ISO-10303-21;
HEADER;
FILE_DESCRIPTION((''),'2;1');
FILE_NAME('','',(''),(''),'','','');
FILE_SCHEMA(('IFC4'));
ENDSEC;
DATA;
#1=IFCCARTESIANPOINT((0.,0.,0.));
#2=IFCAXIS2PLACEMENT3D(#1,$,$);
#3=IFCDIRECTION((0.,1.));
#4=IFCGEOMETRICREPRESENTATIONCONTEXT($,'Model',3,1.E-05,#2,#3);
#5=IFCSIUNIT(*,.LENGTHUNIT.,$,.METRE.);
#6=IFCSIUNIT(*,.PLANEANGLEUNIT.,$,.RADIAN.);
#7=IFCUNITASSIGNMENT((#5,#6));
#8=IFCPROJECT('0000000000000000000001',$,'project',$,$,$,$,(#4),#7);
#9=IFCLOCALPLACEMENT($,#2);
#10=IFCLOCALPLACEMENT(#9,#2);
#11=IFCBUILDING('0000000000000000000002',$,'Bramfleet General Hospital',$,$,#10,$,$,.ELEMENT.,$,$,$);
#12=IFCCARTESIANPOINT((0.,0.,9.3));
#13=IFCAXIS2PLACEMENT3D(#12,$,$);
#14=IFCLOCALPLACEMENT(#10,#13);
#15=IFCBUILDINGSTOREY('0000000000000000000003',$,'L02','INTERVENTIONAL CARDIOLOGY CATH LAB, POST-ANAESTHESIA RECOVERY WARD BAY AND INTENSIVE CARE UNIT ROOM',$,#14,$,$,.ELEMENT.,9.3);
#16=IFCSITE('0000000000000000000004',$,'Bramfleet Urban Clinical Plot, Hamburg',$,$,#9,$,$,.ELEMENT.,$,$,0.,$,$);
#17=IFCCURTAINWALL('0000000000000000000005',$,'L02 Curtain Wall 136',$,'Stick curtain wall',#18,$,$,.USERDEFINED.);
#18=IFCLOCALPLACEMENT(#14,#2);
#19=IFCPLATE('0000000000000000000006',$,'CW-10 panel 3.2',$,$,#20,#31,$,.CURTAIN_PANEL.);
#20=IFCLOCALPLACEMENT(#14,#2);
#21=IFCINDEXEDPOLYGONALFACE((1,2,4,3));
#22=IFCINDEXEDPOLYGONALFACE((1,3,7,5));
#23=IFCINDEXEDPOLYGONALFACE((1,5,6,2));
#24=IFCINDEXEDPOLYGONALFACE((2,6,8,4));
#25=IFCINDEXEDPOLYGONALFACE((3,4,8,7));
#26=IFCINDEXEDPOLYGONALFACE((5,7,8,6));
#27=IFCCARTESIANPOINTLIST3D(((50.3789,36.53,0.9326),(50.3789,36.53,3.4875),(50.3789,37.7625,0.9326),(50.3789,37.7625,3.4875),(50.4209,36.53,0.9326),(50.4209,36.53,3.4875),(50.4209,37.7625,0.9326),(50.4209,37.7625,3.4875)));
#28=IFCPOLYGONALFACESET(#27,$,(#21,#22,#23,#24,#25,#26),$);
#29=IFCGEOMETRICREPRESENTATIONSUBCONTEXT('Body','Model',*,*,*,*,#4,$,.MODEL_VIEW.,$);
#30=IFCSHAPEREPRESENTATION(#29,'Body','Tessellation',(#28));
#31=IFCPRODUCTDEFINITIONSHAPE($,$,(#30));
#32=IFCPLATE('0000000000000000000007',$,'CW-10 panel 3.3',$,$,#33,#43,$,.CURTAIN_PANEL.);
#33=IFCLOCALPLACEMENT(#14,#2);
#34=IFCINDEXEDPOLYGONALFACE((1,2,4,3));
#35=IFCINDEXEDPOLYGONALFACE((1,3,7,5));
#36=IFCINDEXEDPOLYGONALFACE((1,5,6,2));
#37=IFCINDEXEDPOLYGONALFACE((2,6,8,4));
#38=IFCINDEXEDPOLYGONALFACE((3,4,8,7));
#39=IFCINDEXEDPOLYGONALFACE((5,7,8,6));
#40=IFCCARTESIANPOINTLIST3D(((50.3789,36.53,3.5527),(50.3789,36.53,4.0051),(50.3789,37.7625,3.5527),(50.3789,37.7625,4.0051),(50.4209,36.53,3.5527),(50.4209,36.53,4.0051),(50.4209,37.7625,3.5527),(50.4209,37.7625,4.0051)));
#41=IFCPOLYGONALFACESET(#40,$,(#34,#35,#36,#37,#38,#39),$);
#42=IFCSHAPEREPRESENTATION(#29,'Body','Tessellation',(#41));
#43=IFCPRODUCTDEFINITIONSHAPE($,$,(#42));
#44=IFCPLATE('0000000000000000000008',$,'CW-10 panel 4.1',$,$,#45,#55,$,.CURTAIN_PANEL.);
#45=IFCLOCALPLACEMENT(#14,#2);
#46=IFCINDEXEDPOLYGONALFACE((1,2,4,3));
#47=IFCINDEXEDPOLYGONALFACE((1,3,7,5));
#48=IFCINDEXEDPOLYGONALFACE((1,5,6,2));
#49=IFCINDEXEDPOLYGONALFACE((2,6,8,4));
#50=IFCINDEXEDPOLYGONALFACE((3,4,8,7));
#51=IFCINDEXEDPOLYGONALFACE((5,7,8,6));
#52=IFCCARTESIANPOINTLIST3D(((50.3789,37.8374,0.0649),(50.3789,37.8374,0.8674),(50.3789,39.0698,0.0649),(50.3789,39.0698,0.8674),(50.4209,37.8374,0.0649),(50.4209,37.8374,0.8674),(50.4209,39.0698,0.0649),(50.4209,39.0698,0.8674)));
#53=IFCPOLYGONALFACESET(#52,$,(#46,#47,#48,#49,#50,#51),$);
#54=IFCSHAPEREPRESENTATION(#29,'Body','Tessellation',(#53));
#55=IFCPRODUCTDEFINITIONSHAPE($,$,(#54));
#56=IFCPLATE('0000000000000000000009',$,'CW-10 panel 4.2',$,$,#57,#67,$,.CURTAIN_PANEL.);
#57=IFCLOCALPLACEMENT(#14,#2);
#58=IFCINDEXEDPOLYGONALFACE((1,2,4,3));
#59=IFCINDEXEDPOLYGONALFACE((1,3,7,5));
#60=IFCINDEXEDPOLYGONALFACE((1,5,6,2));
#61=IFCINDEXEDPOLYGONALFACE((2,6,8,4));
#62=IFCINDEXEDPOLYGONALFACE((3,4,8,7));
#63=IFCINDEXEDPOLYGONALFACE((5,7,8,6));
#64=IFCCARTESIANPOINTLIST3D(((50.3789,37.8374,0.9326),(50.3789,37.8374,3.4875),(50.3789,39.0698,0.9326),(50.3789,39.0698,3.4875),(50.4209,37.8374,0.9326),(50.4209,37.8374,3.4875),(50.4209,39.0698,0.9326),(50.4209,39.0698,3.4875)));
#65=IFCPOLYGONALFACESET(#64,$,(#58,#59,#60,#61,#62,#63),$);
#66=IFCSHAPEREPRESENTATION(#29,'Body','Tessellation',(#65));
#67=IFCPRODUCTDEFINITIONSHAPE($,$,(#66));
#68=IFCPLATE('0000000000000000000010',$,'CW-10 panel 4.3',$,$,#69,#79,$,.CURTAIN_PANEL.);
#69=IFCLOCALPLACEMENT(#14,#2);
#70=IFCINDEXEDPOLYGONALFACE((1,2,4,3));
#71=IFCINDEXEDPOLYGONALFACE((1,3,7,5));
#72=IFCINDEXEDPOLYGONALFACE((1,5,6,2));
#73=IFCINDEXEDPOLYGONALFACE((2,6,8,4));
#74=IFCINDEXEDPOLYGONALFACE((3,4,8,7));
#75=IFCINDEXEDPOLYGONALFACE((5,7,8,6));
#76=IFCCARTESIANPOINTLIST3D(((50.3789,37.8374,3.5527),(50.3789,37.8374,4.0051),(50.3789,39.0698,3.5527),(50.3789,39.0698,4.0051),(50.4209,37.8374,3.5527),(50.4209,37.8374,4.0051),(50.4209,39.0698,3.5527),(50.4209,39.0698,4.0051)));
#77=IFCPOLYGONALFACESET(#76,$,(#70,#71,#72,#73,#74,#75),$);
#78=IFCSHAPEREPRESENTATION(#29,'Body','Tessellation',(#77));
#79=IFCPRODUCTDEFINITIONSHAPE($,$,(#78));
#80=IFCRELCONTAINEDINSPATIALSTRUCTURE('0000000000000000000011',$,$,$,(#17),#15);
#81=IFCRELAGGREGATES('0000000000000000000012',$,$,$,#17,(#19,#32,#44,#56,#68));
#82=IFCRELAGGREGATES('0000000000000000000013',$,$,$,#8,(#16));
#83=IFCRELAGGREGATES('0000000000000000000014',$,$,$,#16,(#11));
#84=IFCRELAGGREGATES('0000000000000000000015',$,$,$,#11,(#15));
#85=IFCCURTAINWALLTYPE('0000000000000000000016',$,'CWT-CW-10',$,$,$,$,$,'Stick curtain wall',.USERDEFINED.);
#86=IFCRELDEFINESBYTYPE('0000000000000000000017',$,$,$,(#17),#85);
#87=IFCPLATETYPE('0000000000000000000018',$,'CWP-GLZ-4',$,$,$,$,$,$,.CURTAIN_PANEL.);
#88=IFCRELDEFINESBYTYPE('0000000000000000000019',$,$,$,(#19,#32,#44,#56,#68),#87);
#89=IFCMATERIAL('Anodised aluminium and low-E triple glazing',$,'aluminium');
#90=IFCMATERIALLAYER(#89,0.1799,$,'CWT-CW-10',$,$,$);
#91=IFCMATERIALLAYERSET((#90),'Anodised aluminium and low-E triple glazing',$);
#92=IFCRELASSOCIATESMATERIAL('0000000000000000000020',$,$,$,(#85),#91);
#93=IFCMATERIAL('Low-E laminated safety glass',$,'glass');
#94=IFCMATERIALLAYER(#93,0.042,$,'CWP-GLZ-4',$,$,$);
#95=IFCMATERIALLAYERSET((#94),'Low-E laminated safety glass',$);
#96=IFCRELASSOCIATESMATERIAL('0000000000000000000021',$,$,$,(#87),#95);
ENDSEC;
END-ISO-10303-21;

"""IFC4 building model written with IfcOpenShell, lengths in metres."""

from ifc_helpers import new_model, si_unit, direction, frame, origin, origin_2d, place, context, subcontext, project, spatial, rectangle, extrude, material, layer, layer_set, type_object, element, aggregate, save


model = new_model("IFC4")

# Units and contexts
model_context = context("Model", 3, precision=1e-05, world=origin(), true_north=direction((0.0, 1.0)))
body_context = subcontext(model_context, "Body", "Model", "MODEL_VIEW")
ifc_project = project(units=[si_unit("LENGTHUNIT", "METRE"), si_unit("PLANEANGLEUNIT", "RADIAN")], contexts=[model_context])

# Site, building, storey
site_placement = place(None, origin())
site = spatial("IfcSite", under=ifc_project, at=site_placement, Name="Bramfleet Urban Clinical Plot, Hamburg", CompositionType="ELEMENT", RefElevation=0.0)
building_placement = place(site_placement, origin())
building = spatial("IfcBuilding", under=site, at=building_placement, Name="Bramfleet General Hospital", CompositionType="ELEMENT")
storey_placement = place(building_placement, frame((0.0, 0.0, 9.3)))
storey = spatial("IfcBuildingStorey", under=building, at=storey_placement, Name="L02", Description="INTERVENTIONAL CARDIOLOGY CATH LAB, POST-ANAESTHESIA RECOVERY WARD BAY AND INTENSIVE CARE UNIT ROOM", CompositionType="ELEMENT", Elevation=9.3)

# Curtain wall, plates
ifc_material_1 = material(Name="Anodised aluminium and low-E triple glazing", Category="aluminium")
ifc_layer_1 = layer(ifc_material_1, 0.1799, Name="CWT-CW-10")
ifc_layer_set_1 = layer_set([ifc_layer_1], Name="Anodised aluminium and low-E triple glazing")
curtain_wall_type = type_object("IfcCurtainWallType", Name="CWT-CW-10", ElementType="Stick curtain wall", PredefinedType="USERDEFINED", material=ifc_layer_set_1)
curtain_wall_placement = place(storey_placement, origin())
curtain_wall = element("IfcCurtainWall", 1, at=curtain_wall_placement, inside=storey, type_object=curtain_wall_type, Name="L02 Curtain Wall 136", ObjectType="Stick curtain wall", PredefinedType="USERDEFINED")
ifc_material_2 = material(Name="Low-E laminated safety glass", Category="glass")
ifc_layer_2 = layer(ifc_material_2, 0.042, Name="CWP-GLZ-4")
ifc_layer_set_2 = layer_set([ifc_layer_2], Name="Low-E laminated safety glass")
plate_type = type_object("IfcPlateType", Name="CWP-GLZ-4", PredefinedType="CURTAIN_PANEL", material=ifc_layer_set_2)
plate_1_placement = place(storey_placement, frame((50.3999, 37.1462, 0.9326), z_axis=(0.0, 0.0, 1.0), x_axis=(0.0, 1.0, 0.0)))
plate_1 = element("IfcPlate", 2, at=plate_1_placement, type_object=plate_type, Name="CW-10 panel 3.2", PredefinedType="CURTAIN_PANEL", context=body_context, shape_type="SweptSolid", body=[
    extrude(rectangle(XDim=1.2324, YDim=0.042, at=origin_2d()), origin(), (0.0, 0.0, 1.0), 2.5549),
])
plate_2_placement = place(storey_placement, frame((50.3999, 37.1462, 3.5527), z_axis=(0.0, 0.0, 1.0), x_axis=(0.0, 1.0, 0.0)))
plate_2 = element("IfcPlate", 3, at=plate_2_placement, type_object=plate_type, Name="CW-10 panel 3.3", PredefinedType="CURTAIN_PANEL", context=body_context, shape_type="SweptSolid", body=[
    extrude(rectangle(XDim=1.2324, YDim=0.042, at=origin_2d()), origin(), (0.0, 0.0, 1.0), 0.4524),
])
plate_3_placement = place(storey_placement, frame((50.3999, 38.4536, 0.0649), z_axis=(0.0, 0.0, 1.0), x_axis=(0.0, 1.0, 0.0)))
plate_3 = element("IfcPlate", 4, at=plate_3_placement, type_object=plate_type, Name="CW-10 panel 4.1", PredefinedType="CURTAIN_PANEL", context=body_context, shape_type="SweptSolid", body=[
    extrude(rectangle(XDim=1.2324, YDim=0.042, at=origin_2d()), origin(), (0.0, 0.0, 1.0), 0.8025),
])
plate_4_placement = place(storey_placement, frame((50.3999, 38.4536, 0.9326), z_axis=(0.0, 0.0, 1.0), x_axis=(0.0, 1.0, 0.0)))
plate_4 = element("IfcPlate", 5, at=plate_4_placement, type_object=plate_type, Name="CW-10 panel 4.2", PredefinedType="CURTAIN_PANEL", context=body_context, shape_type="SweptSolid", body=[
    extrude(rectangle(XDim=1.2324, YDim=0.042, at=origin_2d()), origin(), (0.0, 0.0, 1.0), 2.5549),
])
plate_5_placement = place(storey_placement, frame((50.3999, 38.4536, 3.5527), z_axis=(0.0, 0.0, 1.0), x_axis=(0.0, 1.0, 0.0)))
plate_5 = element("IfcPlate", 6, at=plate_5_placement, type_object=plate_type, Name="CW-10 panel 4.3", PredefinedType="CURTAIN_PANEL", context=body_context, shape_type="SweptSolid", body=[
    extrude(rectangle(XDim=1.2324, YDim=0.042, at=origin_2d()), origin(), (0.0, 0.0, 1.0), 0.4524),
])
aggregate(curtain_wall, [plate_1, plate_2, plate_3, plate_4, plate_5])

save(model, "model.ifc")
